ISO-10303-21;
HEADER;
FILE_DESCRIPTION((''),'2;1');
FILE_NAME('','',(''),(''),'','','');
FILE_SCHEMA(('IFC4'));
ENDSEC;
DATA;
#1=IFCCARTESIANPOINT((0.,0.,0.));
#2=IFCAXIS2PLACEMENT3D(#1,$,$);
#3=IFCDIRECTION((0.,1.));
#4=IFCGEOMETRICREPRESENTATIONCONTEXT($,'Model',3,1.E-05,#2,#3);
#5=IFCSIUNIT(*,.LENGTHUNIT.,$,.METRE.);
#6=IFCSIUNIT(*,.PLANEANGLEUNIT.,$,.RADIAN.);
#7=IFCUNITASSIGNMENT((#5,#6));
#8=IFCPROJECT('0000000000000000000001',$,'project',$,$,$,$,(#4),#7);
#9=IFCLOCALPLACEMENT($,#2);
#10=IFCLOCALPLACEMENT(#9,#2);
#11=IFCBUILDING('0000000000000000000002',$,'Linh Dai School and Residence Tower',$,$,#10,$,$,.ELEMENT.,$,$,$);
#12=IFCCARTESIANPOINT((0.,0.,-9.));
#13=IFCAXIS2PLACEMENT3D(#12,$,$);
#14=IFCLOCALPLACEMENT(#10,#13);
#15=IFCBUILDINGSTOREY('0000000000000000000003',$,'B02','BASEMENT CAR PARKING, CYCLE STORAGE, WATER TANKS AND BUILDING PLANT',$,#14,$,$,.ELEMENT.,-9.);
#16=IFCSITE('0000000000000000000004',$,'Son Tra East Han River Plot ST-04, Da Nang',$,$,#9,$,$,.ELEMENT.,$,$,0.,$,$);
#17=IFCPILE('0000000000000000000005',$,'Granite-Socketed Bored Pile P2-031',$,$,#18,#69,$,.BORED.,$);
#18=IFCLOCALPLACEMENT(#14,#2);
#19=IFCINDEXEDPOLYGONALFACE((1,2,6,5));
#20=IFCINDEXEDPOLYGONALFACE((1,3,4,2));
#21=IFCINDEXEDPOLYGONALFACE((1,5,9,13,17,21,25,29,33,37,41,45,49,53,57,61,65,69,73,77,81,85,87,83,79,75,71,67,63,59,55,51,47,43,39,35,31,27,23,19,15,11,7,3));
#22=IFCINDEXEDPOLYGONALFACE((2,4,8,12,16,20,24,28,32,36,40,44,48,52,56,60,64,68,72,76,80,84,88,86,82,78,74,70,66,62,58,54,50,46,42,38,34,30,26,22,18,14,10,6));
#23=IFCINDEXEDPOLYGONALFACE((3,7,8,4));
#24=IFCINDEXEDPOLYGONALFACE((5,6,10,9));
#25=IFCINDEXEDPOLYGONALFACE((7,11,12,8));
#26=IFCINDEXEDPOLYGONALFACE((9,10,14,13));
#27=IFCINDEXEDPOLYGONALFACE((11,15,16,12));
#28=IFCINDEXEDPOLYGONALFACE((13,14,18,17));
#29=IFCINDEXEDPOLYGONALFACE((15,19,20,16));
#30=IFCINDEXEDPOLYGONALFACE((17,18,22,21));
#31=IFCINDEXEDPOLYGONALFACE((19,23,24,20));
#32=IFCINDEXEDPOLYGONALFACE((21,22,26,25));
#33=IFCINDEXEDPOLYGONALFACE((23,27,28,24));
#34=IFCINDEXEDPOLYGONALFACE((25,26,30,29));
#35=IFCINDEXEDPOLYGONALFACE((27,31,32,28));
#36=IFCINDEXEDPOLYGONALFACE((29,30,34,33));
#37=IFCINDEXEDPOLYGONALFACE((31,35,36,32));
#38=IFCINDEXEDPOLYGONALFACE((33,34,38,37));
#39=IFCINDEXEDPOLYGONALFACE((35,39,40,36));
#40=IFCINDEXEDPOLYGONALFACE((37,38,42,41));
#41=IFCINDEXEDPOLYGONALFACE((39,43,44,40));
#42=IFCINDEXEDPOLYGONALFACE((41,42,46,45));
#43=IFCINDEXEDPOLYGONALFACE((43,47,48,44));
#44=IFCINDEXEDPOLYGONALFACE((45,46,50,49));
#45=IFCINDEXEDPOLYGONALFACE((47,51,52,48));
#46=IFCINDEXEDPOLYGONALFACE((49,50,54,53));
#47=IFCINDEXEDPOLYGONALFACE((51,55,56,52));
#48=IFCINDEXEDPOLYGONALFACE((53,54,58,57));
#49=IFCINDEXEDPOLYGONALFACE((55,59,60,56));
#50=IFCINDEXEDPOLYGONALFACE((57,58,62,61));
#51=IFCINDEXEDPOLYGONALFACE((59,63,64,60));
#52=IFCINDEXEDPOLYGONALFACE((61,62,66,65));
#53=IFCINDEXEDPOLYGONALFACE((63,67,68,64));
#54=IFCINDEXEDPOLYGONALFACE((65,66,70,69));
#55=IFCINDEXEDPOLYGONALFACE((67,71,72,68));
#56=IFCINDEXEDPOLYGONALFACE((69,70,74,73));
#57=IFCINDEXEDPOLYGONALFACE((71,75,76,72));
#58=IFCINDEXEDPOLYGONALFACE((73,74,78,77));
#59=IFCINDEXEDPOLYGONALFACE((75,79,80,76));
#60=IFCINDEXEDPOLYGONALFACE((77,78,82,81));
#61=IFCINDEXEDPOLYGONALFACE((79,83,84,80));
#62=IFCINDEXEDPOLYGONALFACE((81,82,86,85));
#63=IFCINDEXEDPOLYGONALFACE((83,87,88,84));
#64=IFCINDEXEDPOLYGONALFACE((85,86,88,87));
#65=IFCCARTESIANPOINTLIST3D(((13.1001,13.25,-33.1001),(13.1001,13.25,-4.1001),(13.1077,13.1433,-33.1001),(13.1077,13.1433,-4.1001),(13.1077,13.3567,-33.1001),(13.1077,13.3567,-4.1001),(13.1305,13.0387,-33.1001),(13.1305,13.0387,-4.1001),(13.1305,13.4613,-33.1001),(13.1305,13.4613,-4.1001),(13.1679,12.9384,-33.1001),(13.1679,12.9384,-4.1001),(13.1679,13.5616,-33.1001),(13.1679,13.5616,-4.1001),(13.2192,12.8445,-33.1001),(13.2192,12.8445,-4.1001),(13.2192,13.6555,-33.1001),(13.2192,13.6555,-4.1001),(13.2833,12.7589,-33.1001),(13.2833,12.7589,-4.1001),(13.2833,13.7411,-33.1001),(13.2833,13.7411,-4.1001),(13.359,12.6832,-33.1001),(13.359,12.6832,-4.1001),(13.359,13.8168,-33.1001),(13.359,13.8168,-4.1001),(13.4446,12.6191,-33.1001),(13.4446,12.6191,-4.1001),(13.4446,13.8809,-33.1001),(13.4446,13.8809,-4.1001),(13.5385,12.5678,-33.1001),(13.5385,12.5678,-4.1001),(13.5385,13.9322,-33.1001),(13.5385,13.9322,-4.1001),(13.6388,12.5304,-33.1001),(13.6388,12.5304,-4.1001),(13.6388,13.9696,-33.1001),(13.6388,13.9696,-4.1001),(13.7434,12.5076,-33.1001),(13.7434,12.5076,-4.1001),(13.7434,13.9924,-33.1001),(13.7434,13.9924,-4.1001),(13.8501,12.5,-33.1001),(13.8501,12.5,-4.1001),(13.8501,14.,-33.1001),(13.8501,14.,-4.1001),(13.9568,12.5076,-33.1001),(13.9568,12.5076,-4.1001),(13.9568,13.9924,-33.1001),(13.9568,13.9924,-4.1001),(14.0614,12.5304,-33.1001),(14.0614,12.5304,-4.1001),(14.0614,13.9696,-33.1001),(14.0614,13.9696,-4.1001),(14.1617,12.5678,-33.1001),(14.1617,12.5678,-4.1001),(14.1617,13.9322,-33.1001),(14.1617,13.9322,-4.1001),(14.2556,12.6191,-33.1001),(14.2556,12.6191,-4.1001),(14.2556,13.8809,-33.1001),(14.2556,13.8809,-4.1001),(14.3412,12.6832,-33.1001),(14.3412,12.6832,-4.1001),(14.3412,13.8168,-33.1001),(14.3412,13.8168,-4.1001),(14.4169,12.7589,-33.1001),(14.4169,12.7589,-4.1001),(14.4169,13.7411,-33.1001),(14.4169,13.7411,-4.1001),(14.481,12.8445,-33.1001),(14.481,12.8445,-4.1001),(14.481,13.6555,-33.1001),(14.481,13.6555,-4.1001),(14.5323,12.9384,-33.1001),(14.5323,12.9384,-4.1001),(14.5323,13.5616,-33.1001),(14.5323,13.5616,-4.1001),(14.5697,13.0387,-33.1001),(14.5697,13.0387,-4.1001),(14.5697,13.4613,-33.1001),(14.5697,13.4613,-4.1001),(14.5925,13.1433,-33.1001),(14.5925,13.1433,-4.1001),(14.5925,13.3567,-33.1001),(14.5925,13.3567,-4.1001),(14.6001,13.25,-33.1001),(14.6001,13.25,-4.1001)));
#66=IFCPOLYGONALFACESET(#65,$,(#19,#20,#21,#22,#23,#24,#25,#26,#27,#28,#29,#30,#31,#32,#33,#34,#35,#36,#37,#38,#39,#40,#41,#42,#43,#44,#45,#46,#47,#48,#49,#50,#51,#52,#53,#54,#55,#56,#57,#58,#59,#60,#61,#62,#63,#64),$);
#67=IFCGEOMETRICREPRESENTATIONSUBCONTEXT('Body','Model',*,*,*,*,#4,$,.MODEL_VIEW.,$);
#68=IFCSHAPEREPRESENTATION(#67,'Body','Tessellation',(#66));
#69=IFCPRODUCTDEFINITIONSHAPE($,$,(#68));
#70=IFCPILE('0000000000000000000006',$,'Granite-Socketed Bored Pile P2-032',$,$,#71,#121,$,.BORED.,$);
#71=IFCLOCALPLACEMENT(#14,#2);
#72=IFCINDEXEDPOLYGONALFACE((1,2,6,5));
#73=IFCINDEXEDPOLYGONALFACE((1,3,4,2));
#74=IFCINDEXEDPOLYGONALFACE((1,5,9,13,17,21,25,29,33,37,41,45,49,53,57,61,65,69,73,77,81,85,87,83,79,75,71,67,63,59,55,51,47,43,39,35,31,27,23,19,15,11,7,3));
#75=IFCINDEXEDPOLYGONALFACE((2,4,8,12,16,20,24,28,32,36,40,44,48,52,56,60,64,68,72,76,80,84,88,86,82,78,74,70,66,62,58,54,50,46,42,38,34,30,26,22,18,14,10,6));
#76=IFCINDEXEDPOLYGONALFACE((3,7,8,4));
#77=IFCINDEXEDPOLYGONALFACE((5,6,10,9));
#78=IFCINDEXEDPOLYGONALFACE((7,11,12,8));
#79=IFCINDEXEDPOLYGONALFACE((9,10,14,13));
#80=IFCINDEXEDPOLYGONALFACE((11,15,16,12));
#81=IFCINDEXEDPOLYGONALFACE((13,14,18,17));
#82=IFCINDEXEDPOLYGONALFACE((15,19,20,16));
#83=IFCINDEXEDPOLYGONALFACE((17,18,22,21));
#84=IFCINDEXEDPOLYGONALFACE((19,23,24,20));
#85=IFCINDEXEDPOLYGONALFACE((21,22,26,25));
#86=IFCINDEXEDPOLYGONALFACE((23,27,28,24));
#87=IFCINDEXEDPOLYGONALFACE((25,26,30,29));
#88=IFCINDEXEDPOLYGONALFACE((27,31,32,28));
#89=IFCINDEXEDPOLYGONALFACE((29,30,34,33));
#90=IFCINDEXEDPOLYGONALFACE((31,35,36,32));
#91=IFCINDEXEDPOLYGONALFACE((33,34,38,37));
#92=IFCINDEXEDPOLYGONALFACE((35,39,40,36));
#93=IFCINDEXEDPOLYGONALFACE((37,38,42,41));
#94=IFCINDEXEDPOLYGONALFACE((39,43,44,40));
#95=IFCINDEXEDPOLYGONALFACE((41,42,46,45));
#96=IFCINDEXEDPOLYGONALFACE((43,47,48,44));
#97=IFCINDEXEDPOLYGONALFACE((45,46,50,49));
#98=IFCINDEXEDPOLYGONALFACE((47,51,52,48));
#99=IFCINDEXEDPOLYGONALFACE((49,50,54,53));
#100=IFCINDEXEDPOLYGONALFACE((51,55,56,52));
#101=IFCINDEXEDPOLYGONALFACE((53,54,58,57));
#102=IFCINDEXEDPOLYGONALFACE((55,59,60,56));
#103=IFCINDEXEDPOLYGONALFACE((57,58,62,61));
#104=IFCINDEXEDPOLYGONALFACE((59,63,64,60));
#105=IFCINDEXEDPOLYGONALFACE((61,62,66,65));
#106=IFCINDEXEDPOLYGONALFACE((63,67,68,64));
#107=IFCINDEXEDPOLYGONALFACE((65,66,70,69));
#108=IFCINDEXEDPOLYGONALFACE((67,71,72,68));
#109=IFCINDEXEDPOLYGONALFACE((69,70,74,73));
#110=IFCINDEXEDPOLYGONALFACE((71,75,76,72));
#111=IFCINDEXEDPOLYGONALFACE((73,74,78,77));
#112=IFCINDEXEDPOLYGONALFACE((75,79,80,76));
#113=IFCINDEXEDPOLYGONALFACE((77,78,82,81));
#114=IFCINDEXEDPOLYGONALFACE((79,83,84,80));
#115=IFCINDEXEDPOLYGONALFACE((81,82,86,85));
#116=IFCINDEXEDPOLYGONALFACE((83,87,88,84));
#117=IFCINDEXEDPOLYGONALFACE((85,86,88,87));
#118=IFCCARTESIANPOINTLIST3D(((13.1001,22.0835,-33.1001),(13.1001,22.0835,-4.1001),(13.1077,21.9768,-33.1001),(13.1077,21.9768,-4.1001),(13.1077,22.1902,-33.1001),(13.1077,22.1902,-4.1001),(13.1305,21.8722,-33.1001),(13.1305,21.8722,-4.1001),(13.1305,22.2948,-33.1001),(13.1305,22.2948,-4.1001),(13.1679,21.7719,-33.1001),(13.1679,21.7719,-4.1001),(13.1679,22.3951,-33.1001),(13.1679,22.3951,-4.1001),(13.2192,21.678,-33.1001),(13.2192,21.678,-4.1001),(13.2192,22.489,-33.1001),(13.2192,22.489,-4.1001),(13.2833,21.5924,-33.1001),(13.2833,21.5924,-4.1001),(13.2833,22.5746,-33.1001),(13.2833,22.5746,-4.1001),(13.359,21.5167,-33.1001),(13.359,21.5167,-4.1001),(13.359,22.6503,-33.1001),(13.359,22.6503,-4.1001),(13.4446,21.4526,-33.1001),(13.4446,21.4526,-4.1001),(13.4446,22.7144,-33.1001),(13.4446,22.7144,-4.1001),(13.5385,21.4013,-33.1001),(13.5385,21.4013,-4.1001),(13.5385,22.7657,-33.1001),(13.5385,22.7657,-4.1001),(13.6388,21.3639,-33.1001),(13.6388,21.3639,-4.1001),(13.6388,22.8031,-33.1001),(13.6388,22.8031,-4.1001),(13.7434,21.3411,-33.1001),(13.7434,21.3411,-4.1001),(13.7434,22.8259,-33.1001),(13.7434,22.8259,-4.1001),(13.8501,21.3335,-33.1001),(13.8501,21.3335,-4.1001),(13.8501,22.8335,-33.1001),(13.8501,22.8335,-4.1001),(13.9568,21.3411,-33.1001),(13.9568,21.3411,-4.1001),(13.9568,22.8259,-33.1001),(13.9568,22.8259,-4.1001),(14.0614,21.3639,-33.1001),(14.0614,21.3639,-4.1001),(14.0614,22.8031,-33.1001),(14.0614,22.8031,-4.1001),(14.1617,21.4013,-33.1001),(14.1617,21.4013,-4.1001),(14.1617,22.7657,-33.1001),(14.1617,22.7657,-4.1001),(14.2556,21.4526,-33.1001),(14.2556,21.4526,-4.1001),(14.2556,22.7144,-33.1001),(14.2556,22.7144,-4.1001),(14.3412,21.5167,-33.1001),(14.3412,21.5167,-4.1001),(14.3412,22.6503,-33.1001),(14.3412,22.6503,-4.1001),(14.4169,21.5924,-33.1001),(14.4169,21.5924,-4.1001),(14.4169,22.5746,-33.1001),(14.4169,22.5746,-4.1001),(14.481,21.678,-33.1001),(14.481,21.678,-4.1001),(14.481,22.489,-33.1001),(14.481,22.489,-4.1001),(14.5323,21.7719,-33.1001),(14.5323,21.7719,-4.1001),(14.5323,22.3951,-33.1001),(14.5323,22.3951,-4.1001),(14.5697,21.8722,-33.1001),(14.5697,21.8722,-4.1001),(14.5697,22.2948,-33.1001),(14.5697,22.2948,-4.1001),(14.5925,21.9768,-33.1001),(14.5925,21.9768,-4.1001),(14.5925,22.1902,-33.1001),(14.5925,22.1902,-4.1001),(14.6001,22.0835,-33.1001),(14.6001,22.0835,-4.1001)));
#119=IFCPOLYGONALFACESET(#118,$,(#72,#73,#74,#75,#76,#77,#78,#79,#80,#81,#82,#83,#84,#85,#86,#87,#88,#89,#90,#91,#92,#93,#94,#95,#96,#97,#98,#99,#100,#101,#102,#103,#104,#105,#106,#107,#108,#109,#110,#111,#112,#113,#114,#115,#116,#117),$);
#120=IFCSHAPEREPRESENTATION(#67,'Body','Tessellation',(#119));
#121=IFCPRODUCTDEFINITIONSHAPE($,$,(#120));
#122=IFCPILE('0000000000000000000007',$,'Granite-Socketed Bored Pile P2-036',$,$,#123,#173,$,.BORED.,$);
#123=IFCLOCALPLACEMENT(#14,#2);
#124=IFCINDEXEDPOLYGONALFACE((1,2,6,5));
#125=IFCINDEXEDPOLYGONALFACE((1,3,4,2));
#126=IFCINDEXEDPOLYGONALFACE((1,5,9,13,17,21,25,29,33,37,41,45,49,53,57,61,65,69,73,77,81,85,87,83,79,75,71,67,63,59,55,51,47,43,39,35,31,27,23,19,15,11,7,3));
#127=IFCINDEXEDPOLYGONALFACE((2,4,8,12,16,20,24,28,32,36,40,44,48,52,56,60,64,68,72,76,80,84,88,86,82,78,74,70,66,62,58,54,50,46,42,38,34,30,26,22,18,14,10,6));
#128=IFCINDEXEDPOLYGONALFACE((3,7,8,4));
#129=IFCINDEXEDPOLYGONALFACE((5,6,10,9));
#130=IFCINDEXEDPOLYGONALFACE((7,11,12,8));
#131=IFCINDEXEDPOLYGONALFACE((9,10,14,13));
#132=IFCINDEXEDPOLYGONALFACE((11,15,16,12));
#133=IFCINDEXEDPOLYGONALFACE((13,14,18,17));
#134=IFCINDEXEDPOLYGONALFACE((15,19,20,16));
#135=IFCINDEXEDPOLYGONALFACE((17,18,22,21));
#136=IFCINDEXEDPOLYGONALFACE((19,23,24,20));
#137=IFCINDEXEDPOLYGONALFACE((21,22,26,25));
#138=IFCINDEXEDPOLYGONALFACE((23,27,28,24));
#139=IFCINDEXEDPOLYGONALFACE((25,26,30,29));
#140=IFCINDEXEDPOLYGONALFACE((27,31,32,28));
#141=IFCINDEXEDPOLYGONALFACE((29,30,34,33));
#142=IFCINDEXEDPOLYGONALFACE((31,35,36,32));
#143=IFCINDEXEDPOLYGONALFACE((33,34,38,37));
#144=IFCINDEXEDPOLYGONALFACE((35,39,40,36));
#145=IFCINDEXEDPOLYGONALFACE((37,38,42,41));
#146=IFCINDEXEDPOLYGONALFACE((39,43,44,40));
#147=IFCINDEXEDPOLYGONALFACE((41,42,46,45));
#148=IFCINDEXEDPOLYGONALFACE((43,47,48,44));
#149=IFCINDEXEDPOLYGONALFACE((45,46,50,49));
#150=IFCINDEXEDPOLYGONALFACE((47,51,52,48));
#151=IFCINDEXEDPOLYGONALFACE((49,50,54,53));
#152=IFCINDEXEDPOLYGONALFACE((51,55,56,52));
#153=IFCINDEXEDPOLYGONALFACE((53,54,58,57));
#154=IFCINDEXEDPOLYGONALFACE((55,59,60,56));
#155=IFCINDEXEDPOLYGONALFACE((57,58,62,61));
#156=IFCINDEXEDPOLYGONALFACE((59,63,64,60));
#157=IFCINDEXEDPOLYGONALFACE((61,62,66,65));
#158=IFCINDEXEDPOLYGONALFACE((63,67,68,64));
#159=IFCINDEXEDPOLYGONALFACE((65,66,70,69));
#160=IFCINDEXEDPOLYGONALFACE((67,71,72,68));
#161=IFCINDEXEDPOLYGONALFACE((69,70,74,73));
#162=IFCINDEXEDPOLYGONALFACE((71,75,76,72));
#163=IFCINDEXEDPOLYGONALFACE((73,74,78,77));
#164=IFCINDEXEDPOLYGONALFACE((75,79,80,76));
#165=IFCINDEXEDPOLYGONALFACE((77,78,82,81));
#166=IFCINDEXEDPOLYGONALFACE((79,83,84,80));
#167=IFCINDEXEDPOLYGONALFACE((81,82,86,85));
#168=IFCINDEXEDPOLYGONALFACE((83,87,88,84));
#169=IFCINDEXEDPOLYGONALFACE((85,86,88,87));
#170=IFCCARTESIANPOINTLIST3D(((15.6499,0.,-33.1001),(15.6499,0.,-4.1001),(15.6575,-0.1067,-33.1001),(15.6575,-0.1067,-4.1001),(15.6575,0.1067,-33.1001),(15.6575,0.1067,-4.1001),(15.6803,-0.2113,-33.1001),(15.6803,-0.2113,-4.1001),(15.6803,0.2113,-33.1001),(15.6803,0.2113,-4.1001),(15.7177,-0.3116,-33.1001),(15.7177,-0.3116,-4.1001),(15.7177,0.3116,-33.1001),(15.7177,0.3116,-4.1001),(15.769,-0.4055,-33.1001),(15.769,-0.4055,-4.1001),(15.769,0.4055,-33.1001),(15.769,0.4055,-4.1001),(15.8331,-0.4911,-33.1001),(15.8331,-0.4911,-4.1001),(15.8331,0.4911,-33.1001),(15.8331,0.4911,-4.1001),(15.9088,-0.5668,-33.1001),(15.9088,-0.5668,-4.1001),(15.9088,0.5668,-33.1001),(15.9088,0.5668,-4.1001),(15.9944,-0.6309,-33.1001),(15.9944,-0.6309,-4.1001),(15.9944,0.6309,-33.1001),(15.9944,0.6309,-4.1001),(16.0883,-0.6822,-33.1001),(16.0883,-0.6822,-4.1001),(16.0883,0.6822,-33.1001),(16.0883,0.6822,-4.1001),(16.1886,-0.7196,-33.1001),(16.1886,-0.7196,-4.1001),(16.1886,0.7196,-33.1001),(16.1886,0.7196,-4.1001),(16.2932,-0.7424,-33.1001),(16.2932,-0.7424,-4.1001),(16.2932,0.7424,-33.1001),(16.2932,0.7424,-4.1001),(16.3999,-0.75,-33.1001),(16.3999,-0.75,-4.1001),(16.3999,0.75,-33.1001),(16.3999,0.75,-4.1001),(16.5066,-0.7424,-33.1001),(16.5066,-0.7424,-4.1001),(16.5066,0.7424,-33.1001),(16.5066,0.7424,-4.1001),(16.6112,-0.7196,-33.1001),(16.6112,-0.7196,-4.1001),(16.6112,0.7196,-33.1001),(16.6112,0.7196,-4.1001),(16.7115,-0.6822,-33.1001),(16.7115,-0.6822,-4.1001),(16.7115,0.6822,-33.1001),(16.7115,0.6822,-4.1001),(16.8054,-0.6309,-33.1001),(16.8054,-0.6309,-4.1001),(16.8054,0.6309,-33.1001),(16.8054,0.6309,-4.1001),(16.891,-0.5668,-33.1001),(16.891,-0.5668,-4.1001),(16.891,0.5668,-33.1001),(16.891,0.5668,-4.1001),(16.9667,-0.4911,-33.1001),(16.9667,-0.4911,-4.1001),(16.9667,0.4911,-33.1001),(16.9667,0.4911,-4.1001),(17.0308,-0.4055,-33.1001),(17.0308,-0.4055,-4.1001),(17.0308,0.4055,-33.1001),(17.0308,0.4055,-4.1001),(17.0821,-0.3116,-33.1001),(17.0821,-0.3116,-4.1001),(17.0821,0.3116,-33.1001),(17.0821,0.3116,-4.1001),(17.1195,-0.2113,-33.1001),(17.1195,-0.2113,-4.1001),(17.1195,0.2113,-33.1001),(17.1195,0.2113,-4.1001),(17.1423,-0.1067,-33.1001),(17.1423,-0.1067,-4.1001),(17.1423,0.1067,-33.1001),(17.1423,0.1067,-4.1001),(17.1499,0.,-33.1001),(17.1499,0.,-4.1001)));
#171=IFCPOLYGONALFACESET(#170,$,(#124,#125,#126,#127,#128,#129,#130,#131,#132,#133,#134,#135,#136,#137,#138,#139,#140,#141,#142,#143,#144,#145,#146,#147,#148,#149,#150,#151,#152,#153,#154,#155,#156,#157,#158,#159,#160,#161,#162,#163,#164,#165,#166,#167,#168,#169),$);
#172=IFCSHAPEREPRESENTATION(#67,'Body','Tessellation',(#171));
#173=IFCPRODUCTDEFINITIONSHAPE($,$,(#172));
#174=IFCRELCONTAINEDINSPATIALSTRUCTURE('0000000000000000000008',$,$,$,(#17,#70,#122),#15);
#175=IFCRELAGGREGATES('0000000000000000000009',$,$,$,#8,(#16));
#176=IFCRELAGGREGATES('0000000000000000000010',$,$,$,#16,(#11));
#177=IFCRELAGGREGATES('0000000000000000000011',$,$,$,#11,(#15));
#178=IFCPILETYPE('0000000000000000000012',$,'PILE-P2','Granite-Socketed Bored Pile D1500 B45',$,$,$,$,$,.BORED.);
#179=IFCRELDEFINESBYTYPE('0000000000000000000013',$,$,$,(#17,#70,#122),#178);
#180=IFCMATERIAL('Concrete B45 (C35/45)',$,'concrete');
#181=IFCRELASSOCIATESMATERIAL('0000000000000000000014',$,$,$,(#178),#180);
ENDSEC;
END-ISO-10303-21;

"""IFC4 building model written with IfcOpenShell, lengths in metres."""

from ifc_helpers import new_model, si_unit, direction, frame, origin, origin_2d, place, context, subcontext, project, spatial, circle, extrude, material, material_profile, profile_set, type_object, element, save


model = new_model("IFC4")

# Units and contexts
model_context = context("Model", 3, precision=1e-05, world=origin(), true_north=direction((0.0, 1.0)))
body_context = subcontext(model_context, "Body", "Model", "MODEL_VIEW")
ifc_project = project(units=[si_unit("LENGTHUNIT", "METRE"), si_unit("PLANEANGLEUNIT", "RADIAN")], contexts=[model_context])

# Site, building, storey
site_placement = place(None, origin())
site = spatial("IfcSite", under=ifc_project, at=site_placement, Name="Son Tra East Han River Plot ST-04, Da Nang", CompositionType="ELEMENT", RefElevation=0.0)
building_placement = place(site_placement, origin())
building = spatial("IfcBuilding", under=site, at=building_placement, Name="Linh Dai School and Residence Tower", CompositionType="ELEMENT")
storey_placement = place(building_placement, frame((0.0, 0.0, -9.0)))
storey = spatial("IfcBuildingStorey", under=building, at=storey_placement, Name="B02", Description="BASEMENT CAR PARKING, CYCLE STORAGE, WATER TANKS AND BUILDING PLANT", CompositionType="ELEMENT", Elevation=-9.0)

# Piles
ifc_material_1 = material(Name="Concrete B45 (C35/45)", Category="concrete")
ifc_material_profile_1 = material_profile(ifc_material_1, circle(Radius=0.75, at=origin_2d()), Name="PILE D1500")
ifc_profile_set_1 = profile_set([ifc_material_profile_1], Name="Concrete B45 (C35/45)")
pile_type_1 = type_object("IfcPileType", Name="PILE-P2", Description="Granite-Socketed Bored Pile D1500 B45", PredefinedType="BORED", material=ifc_profile_set_1)
for number, where, z_axis, x_axis, name in (
    (1, (13.8501, 13.25, -4.1001), (0.0, 0.0, -1.0), (1.0, 0.0, 0.0), "Granite-Socketed Bored Pile P2-031"),
    (2, (13.8501, 22.0835, -4.1001), (0.0, 0.0, -1.0), (1.0, 0.0, 0.0), "Granite-Socketed Bored Pile P2-032"),
    (3, (16.3999, 0.0, -4.1001), (0.0, 0.0, -1.0), (1.0, 0.0, 0.0), "Granite-Socketed Bored Pile P2-036"),
):
    element("IfcPile", number, at=place(storey_placement, frame(where, z_axis=z_axis, x_axis=x_axis)), inside=storey, type_object=pile_type_1, Name=name, PredefinedType="BORED", context=body_context, shape_type="SweptSolid", body=[
        extrude(circle(Radius=0.75, at=origin_2d()), origin(), (0.0, 0.0, 1.0), 29.0),
    ])

save(model, "model.ifc")
